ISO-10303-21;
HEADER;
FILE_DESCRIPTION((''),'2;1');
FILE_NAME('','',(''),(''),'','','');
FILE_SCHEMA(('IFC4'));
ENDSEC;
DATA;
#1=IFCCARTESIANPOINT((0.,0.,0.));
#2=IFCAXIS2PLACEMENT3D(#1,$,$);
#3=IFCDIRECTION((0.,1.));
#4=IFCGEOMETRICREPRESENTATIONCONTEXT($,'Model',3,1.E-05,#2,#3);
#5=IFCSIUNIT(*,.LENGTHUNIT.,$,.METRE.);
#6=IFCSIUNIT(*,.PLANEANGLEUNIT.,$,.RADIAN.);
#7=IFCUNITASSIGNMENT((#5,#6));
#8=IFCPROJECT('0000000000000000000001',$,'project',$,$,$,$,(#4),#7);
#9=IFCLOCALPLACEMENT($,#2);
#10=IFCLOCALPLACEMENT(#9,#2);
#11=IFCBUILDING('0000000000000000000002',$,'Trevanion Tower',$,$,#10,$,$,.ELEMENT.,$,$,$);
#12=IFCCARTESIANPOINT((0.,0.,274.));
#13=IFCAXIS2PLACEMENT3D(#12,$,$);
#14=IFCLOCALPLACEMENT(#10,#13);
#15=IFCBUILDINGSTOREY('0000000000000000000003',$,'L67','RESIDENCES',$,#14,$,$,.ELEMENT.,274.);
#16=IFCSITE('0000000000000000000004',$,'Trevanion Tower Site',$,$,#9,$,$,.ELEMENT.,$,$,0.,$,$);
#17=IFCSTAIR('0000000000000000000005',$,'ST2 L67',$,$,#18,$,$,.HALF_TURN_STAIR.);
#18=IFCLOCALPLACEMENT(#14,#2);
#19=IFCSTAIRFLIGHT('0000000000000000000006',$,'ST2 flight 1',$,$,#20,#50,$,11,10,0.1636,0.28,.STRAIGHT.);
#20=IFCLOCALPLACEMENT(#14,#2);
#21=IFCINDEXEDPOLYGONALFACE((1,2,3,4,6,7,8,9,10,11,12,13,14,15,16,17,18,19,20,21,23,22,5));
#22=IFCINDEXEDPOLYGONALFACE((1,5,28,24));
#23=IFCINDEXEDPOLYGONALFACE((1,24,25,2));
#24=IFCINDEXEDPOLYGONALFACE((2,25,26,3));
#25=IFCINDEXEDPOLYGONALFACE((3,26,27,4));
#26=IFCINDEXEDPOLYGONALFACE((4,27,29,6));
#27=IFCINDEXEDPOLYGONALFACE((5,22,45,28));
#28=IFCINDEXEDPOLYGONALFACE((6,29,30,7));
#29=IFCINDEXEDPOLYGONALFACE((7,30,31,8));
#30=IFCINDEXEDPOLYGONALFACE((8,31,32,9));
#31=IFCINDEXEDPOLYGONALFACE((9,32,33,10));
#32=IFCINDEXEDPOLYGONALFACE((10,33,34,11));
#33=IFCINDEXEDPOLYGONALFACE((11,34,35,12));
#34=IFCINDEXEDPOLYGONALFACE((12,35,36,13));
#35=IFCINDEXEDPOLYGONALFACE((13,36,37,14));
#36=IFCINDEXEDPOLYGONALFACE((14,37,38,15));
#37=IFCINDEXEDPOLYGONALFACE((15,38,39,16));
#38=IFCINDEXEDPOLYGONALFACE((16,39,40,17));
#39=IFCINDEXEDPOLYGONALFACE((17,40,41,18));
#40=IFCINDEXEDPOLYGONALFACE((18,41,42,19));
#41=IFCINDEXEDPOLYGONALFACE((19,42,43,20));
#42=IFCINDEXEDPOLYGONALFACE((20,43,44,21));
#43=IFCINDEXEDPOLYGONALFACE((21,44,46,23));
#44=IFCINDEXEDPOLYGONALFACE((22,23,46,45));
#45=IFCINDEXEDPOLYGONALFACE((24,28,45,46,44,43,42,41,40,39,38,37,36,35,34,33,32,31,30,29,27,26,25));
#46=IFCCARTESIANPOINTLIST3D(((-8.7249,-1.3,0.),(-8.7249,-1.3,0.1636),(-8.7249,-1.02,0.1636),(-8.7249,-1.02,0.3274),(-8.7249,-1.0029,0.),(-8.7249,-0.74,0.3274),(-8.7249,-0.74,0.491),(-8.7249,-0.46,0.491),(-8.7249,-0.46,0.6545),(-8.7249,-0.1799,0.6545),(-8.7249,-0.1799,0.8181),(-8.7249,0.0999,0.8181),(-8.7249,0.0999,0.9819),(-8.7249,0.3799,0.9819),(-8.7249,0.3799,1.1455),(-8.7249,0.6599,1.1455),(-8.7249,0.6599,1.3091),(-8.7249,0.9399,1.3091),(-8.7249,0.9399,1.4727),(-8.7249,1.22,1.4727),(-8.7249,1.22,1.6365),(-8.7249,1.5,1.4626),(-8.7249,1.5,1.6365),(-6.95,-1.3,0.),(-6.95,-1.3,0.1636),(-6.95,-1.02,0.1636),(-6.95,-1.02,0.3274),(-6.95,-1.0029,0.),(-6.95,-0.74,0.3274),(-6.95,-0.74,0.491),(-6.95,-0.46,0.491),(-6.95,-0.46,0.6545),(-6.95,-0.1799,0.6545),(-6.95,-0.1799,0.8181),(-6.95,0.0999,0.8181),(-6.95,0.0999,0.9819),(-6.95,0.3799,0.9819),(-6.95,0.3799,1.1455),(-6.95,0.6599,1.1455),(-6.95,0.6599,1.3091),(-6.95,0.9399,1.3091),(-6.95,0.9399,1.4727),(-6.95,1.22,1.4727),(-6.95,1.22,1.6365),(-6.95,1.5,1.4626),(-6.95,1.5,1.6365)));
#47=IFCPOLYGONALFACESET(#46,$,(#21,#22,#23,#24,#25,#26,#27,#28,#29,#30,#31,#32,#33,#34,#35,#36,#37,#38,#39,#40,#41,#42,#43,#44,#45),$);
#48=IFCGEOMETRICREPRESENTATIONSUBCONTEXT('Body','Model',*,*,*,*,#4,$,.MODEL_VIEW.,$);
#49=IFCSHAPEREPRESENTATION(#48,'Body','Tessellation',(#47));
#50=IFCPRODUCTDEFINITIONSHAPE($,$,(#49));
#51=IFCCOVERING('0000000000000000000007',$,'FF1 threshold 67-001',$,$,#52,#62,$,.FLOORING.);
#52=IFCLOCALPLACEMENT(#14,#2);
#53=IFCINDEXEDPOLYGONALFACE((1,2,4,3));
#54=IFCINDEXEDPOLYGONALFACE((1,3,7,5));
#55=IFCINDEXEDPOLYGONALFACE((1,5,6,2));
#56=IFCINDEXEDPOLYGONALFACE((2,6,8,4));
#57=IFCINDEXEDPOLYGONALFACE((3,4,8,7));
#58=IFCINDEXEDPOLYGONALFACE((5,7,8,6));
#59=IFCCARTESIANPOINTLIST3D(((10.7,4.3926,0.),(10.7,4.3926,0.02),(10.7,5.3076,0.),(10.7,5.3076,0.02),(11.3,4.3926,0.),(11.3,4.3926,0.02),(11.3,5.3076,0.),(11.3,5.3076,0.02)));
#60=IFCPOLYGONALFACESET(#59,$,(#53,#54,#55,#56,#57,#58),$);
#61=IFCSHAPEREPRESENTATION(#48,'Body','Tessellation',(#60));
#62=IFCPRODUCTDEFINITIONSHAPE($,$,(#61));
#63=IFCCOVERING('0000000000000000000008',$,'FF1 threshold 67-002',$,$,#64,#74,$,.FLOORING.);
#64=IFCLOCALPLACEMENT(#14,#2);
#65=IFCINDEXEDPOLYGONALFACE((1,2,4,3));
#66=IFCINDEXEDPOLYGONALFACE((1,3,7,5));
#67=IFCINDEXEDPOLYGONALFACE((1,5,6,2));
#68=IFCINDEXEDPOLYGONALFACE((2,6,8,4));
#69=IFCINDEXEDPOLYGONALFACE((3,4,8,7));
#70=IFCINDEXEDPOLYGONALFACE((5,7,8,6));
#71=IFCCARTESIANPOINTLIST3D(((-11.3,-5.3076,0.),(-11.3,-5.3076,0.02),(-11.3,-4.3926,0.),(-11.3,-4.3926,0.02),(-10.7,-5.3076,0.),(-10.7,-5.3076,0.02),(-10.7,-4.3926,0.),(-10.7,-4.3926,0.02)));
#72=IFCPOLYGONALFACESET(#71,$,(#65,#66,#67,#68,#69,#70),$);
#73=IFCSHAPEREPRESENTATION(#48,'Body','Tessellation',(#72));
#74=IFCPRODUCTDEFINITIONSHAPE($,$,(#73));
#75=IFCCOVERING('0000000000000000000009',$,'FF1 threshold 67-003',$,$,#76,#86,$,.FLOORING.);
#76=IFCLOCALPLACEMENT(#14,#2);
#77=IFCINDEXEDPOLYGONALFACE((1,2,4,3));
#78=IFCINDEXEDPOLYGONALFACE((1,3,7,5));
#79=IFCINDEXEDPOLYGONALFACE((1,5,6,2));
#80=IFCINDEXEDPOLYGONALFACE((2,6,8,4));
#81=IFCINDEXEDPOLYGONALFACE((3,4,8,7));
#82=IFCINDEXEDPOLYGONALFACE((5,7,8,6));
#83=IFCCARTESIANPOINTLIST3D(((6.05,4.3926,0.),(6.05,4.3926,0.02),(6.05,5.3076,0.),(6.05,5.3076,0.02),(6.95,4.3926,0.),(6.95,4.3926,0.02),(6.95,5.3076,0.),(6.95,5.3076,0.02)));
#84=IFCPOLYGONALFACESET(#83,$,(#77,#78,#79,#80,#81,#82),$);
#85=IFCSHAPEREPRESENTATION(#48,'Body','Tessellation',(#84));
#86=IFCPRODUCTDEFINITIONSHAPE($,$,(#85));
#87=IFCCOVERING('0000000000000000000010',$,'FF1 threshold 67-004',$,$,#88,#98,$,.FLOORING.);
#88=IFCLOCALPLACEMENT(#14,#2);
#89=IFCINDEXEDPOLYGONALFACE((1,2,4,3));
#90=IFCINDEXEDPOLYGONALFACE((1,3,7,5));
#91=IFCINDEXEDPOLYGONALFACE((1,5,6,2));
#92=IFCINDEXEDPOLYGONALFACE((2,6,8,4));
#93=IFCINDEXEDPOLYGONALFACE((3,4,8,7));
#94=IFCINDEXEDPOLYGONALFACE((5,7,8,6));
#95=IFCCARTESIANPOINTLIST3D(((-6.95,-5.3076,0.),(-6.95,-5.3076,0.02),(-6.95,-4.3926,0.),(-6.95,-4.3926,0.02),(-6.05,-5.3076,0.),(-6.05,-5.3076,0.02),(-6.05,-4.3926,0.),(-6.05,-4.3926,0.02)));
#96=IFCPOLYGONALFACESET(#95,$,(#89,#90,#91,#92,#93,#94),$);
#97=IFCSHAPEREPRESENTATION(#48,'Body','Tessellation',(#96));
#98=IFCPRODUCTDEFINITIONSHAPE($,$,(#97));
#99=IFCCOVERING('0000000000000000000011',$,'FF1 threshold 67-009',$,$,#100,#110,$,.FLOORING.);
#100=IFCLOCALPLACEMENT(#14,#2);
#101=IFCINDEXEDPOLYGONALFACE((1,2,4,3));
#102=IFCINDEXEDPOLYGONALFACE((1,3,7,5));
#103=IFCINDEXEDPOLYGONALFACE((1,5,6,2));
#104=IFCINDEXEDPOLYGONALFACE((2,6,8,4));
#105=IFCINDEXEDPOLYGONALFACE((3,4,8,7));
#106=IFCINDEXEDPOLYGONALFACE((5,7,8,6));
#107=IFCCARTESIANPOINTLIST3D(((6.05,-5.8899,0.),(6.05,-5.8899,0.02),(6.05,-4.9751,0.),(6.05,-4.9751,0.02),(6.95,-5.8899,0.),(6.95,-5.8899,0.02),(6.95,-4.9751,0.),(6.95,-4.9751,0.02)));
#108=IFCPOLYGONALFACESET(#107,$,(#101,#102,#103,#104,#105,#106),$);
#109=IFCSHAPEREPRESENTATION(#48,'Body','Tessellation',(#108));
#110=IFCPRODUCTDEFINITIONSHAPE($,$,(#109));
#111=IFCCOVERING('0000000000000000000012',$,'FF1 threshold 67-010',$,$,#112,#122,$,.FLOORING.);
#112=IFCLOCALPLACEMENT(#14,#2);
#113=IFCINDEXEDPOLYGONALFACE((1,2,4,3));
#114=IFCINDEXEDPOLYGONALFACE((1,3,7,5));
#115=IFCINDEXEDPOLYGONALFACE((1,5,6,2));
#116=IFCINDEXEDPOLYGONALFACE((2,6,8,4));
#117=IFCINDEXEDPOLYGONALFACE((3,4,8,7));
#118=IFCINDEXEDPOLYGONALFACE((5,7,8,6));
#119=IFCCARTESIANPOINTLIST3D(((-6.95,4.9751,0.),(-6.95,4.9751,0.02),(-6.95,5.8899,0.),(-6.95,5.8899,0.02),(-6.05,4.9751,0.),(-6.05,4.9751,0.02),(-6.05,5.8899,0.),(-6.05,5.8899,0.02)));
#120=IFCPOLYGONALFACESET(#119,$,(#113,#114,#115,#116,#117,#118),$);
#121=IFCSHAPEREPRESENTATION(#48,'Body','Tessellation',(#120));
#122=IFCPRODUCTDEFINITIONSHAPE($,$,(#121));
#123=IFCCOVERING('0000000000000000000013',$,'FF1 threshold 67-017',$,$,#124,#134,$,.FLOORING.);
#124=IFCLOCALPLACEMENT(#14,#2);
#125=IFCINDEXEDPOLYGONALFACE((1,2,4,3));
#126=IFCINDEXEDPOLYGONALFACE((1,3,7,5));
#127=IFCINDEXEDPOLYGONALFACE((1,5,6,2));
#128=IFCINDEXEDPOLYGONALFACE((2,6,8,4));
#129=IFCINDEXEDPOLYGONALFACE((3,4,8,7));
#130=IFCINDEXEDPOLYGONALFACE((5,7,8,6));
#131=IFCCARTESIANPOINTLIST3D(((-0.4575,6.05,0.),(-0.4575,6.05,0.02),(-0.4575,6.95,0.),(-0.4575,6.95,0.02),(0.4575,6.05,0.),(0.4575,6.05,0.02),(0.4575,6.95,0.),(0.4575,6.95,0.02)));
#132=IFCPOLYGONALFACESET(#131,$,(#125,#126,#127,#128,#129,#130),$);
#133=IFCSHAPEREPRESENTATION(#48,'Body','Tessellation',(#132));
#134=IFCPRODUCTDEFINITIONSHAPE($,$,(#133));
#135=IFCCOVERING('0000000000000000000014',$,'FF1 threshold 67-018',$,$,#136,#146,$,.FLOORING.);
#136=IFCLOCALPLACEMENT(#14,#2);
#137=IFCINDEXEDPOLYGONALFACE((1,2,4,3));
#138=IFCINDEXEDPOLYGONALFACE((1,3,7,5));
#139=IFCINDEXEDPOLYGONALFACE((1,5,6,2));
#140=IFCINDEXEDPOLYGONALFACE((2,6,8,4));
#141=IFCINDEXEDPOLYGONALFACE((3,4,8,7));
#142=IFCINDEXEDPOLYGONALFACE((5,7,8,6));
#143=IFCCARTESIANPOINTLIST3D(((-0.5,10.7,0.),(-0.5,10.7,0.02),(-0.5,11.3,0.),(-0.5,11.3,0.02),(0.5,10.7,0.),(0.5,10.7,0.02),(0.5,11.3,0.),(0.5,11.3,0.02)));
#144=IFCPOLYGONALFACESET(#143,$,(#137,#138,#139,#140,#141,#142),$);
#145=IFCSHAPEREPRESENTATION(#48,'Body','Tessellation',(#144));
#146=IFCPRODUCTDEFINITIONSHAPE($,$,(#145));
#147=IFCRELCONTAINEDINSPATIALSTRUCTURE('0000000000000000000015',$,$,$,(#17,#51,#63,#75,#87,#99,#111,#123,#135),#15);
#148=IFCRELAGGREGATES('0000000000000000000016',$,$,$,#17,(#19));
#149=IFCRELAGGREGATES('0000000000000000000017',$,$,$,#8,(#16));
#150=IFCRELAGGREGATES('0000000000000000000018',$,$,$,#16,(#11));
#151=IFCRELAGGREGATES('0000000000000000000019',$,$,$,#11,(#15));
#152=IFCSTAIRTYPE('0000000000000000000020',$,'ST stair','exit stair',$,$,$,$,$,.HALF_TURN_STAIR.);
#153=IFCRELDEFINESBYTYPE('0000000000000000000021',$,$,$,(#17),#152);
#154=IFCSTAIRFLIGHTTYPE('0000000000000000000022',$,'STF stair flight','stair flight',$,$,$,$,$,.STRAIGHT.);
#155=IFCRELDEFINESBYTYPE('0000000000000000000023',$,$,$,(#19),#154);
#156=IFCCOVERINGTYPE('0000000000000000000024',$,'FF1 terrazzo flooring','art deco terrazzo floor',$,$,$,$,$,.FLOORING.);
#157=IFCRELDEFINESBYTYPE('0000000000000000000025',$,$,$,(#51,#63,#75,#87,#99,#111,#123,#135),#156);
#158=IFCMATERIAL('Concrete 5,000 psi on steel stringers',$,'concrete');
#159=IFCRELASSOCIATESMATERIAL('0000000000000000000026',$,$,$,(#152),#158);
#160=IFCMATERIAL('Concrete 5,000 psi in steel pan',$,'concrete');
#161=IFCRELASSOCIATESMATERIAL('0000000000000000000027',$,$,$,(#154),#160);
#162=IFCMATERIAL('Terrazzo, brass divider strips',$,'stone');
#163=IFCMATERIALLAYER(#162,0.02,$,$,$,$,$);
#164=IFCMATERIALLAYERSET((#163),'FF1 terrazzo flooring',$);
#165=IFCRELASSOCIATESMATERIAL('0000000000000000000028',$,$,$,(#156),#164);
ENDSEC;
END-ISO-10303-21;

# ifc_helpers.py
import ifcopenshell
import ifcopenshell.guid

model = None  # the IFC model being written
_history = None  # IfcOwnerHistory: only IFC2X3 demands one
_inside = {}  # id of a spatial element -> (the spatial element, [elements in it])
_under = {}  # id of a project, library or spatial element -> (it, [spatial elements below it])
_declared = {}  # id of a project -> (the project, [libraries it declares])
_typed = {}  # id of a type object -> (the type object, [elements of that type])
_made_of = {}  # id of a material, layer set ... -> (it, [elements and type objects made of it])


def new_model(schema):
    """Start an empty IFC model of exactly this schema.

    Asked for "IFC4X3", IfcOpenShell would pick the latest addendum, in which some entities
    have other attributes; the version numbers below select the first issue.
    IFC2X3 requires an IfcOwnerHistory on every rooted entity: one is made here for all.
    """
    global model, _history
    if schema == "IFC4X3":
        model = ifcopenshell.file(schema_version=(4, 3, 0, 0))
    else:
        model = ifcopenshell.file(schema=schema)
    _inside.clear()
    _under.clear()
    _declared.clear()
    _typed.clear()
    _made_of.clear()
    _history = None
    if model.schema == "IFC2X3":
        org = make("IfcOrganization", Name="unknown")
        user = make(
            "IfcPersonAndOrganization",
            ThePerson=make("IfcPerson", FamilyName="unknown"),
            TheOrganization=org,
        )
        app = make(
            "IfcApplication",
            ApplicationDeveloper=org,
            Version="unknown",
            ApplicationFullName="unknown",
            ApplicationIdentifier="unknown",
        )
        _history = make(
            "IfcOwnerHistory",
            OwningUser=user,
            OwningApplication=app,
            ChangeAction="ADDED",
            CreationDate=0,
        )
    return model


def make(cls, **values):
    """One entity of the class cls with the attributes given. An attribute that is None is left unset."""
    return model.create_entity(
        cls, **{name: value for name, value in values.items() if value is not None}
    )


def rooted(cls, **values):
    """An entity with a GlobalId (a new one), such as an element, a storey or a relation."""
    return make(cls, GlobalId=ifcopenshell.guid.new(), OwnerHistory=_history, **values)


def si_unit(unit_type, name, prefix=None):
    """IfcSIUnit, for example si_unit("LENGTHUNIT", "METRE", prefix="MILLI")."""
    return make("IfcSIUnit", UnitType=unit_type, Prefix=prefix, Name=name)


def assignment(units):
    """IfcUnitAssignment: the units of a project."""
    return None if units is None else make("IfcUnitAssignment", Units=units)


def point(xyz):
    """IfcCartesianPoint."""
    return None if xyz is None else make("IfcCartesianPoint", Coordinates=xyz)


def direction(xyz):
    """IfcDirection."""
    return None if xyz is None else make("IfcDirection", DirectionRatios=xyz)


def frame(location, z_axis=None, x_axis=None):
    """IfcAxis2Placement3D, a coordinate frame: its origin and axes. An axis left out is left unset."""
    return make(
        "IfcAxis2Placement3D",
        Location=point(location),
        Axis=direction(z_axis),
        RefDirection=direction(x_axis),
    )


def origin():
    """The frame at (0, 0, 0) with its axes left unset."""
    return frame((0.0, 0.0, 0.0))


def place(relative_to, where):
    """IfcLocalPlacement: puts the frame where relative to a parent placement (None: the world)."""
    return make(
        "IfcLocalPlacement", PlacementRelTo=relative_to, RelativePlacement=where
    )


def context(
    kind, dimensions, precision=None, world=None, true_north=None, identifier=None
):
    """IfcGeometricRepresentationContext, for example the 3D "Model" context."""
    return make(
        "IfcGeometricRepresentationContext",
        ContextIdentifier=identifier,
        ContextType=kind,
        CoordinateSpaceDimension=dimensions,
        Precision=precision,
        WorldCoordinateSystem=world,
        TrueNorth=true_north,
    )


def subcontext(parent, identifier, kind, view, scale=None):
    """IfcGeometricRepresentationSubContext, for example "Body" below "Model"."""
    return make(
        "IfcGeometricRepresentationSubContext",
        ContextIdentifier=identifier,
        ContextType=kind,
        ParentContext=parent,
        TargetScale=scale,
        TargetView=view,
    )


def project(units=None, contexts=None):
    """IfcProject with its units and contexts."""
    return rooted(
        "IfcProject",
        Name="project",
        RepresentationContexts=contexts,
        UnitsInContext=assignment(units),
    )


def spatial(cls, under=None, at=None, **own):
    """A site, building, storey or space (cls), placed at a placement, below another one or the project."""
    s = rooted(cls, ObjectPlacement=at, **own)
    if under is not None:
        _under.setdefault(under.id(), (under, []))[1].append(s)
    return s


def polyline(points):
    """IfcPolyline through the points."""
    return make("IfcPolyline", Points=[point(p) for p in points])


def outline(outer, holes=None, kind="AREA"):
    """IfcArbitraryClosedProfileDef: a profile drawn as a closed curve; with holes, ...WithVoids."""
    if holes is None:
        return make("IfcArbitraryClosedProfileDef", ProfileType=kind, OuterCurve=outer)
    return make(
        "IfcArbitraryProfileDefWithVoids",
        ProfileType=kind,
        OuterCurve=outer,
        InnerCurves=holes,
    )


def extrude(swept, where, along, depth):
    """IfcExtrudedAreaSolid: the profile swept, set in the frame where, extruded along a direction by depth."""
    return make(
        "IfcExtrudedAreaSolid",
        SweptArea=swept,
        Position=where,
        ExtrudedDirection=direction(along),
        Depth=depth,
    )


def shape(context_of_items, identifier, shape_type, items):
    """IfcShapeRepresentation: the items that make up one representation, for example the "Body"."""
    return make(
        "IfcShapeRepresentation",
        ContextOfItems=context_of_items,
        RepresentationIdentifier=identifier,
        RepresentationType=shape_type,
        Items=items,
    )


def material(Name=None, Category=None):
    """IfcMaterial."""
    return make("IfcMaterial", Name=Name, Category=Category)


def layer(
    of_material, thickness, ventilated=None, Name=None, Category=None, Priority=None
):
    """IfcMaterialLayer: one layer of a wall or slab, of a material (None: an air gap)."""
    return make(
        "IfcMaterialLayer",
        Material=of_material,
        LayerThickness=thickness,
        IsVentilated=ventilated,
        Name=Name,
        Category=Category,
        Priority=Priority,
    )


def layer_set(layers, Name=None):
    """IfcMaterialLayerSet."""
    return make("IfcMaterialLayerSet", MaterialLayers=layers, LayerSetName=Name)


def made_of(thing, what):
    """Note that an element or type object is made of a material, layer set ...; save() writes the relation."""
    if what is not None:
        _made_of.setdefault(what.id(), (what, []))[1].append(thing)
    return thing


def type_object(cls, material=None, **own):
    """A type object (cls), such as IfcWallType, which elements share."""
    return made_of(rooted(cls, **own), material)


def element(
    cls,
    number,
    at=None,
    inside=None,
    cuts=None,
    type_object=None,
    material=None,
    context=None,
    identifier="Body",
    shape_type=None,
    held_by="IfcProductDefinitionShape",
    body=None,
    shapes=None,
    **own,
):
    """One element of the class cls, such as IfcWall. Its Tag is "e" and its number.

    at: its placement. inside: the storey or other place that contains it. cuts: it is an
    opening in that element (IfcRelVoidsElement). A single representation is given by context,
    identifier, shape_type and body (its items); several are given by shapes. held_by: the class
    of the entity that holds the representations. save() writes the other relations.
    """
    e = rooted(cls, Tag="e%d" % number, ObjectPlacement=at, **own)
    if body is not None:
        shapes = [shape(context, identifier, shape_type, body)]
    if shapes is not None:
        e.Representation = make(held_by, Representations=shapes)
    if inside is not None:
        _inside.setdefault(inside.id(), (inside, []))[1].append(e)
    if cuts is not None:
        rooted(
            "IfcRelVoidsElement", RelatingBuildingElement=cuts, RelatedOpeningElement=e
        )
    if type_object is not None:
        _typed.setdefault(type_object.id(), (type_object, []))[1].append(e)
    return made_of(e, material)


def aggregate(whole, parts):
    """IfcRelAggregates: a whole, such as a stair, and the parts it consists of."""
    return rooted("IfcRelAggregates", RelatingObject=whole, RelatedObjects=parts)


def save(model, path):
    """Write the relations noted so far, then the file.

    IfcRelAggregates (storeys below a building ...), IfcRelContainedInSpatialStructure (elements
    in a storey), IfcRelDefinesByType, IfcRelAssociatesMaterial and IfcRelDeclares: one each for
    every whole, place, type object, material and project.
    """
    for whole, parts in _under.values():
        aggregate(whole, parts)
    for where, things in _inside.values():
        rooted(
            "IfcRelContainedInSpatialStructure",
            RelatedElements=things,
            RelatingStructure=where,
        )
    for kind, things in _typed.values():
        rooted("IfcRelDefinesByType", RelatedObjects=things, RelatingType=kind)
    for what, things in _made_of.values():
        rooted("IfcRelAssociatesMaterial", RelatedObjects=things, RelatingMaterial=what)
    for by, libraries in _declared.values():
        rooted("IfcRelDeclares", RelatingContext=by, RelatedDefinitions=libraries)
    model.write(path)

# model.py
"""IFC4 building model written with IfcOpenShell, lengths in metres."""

from ifc_helpers import new_model, si_unit, direction, frame, origin, place, context, subcontext, project, spatial, polyline, outline, extrude, material, layer, layer_set, type_object, element, aggregate, save


model = new_model("IFC4")

# Units and contexts
model_context = context("Model", 3, precision=1e-05, world=origin(), true_north=direction((0.0, 1.0)))
body_context = subcontext(model_context, "Body", "Model", "MODEL_VIEW")
ifc_project = project(units=[si_unit("LENGTHUNIT", "METRE"), si_unit("PLANEANGLEUNIT", "RADIAN")], contexts=[model_context])

# Site, building, storey
site_placement = place(None, origin())
site = spatial("IfcSite", under=ifc_project, at=site_placement, Name="Trevanion Tower Site", CompositionType="ELEMENT", RefElevation=0.0)
building_placement = place(site_placement, origin())
building = spatial("IfcBuilding", under=site, at=building_placement, Name="Trevanion Tower", CompositionType="ELEMENT")
storey_placement = place(building_placement, frame((0.0, 0.0, 274.0)))
storey = spatial("IfcBuildingStorey", under=building, at=storey_placement, Name="L67", Description="RESIDENCES", CompositionType="ELEMENT", Elevation=274.0)

# Stair, stair flight
ifc_material_1 = material(Name="Concrete 5,000 psi on steel stringers", Category="concrete")
stair_type = type_object("IfcStairType", Name="ST stair", Description="exit stair", PredefinedType="HALF_TURN_STAIR", material=ifc_material_1)
stair_placement = place(storey_placement, origin())
stair = element("IfcStair", 1, at=stair_placement, inside=storey, type_object=stair_type, Name="ST2 L67", PredefinedType="HALF_TURN_STAIR")
ifc_material_2 = material(Name="Concrete 5,000 psi in steel pan", Category="concrete")
stair_flight_type = type_object("IfcStairFlightType", Name="STF stair flight", Description="stair flight", PredefinedType="STRAIGHT", material=ifc_material_2)
stair_flight_placement = place(storey_placement, frame((-7.8374, -1.3, 0.0), z_axis=(0.0, 0.0, 1.0), x_axis=(0.0, 1.0, 0.0)))
stair_flight = element("IfcStairFlight", 2, at=stair_flight_placement, type_object=stair_flight_type, Name="ST2 flight 1", NumberOfRisers=11, NumberOfTreads=10, PredefinedType="STRAIGHT", RiserHeight=0.1636, TreadLength=0.28, context=body_context, shape_type="SweptSolid", body=[
    extrude(outline(polyline([(0.0, 0.0), (0.0, 0.1636), (0.28, 0.1636), (0.28, 0.3274), (0.5601, 0.3274), (0.5601, 0.491), (0.8401, 0.491), (0.8401, 0.6545), (1.1201, 0.6545), (1.1201, 0.8181), (1.3999, 0.8181), (1.3999, 0.9819), (1.6799, 0.9819), (1.6799, 1.1455), (1.96, 1.1455), (1.96, 1.3091), (2.24, 1.3091), (2.24, 1.4727), (2.52, 1.4727), (2.52, 1.6365), (2.8, 1.6365), (2.8, 1.8), (2.8, 1.4626), (0.2971, 0.0), (0.0, 0.0)])), frame((0.0, 0.8875, 0.0), z_axis=(0.0, -1.0, 0.0), x_axis=(1.0, 0.0, 0.0)), (0.0, 0.0, 1.0), 1.7749),
])
aggregate(stair, [stair_flight])

# Coverings
ifc_material_3 = material(Name="Terrazzo, brass divider strips", Category="stone")
ifc_layer_1 = layer(ifc_material_3, 0.02)
ifc_layer_set_1 = layer_set([ifc_layer_1], Name="FF1 terrazzo flooring")
covering_type = type_object("IfcCoveringType", Name="FF1 terrazzo flooring", Description="art deco terrazzo floor", PredefinedType="FLOORING", material=ifc_layer_set_1)
covering_1_placement = place(storey_placement, origin())
element("IfcCovering", 3, at=covering_1_placement, inside=storey, type_object=covering_type, Name="FF1 threshold 67-001", PredefinedType="FLOORING", context=body_context, shape_type="SweptSolid", body=[
    extrude(outline(polyline([(11.3, 4.3926), (11.3, 5.3076), (10.7, 5.3076), (10.7, 4.3926), (11.3, 4.3926)])), origin(), (0.0, 0.0, 1.0), 0.02),
])
covering_2_placement = place(storey_placement, origin())
element("IfcCovering", 4, at=covering_2_placement, inside=storey, type_object=covering_type, Name="FF1 threshold 67-002", PredefinedType="FLOORING", context=body_context, shape_type="SweptSolid", body=[
    extrude(outline(polyline([(-11.3, -4.3926), (-11.3, -5.3076), (-10.7, -5.3076), (-10.7, -4.3926), (-11.3, -4.3926)])), origin(), (0.0, 0.0, 1.0), 0.02),
])
covering_3_placement = place(storey_placement, origin())
element("IfcCovering", 5, at=covering_3_placement, inside=storey, type_object=covering_type, Name="FF1 threshold 67-003", PredefinedType="FLOORING", context=body_context, shape_type="SweptSolid", body=[
    extrude(outline(polyline([(6.95, 4.3926), (6.95, 5.3076), (6.05, 5.3076), (6.05, 4.3926), (6.95, 4.3926)])), origin(), (0.0, 0.0, 1.0), 0.02),
])
covering_4_placement = place(storey_placement, origin())
element("IfcCovering", 6, at=covering_4_placement, inside=storey, type_object=covering_type, Name="FF1 threshold 67-004", PredefinedType="FLOORING", context=body_context, shape_type="SweptSolid", body=[
    extrude(outline(polyline([(-6.95, -4.3926), (-6.95, -5.3076), (-6.05, -5.3076), (-6.05, -4.3926), (-6.95, -4.3926)])), origin(), (0.0, 0.0, 1.0), 0.02),
])
covering_5_placement = place(storey_placement, origin())
element("IfcCovering", 7, at=covering_5_placement, inside=storey, type_object=covering_type, Name="FF1 threshold 67-009", PredefinedType="FLOORING", context=body_context, shape_type="SweptSolid", body=[
    extrude(outline(polyline([(6.95, -5.8899), (6.95, -4.9751), (6.05, -4.9751), (6.05, -5.8899), (6.95, -5.8899)])), origin(), (0.0, 0.0, 1.0), 0.02),
])
covering_6_placement = place(storey_placement, origin())
element("IfcCovering", 8, at=covering_6_placement, inside=storey, type_object=covering_type, Name="FF1 threshold 67-010", PredefinedType="FLOORING", context=body_context, shape_type="SweptSolid", body=[
    extrude(outline(polyline([(-6.95, 5.8899), (-6.95, 4.9751), (-6.05, 4.9751), (-6.05, 5.8899), (-6.95, 5.8899)])), origin(), (0.0, 0.0, 1.0), 0.02),
])
covering_7_placement = place(storey_placement, origin())
element("IfcCovering", 9, at=covering_7_placement, inside=storey, type_object=covering_type, Name="FF1 threshold 67-017", PredefinedType="FLOORING", context=body_context, shape_type="SweptSolid", body=[
    extrude(outline(polyline([(0.4575, 6.95), (-0.4575, 6.95), (-0.4575, 6.05), (0.4575, 6.05), (0.4575, 6.95)])), origin(), (0.0, 0.0, 1.0), 0.02),
])
covering_8_placement = place(storey_placement, origin())
element("IfcCovering", 10, at=covering_8_placement, inside=storey, type_object=covering_type, Name="FF1 threshold 67-018", PredefinedType="FLOORING", context=body_context, shape_type="SweptSolid", body=[
    extrude(outline(polyline([(0.5, 11.3), (-0.5, 11.3), (-0.5, 10.7), (0.5, 10.7), (0.5, 11.3)])), origin(), (0.0, 0.0, 1.0), 0.02),
])

save(model, "model.ifc")
